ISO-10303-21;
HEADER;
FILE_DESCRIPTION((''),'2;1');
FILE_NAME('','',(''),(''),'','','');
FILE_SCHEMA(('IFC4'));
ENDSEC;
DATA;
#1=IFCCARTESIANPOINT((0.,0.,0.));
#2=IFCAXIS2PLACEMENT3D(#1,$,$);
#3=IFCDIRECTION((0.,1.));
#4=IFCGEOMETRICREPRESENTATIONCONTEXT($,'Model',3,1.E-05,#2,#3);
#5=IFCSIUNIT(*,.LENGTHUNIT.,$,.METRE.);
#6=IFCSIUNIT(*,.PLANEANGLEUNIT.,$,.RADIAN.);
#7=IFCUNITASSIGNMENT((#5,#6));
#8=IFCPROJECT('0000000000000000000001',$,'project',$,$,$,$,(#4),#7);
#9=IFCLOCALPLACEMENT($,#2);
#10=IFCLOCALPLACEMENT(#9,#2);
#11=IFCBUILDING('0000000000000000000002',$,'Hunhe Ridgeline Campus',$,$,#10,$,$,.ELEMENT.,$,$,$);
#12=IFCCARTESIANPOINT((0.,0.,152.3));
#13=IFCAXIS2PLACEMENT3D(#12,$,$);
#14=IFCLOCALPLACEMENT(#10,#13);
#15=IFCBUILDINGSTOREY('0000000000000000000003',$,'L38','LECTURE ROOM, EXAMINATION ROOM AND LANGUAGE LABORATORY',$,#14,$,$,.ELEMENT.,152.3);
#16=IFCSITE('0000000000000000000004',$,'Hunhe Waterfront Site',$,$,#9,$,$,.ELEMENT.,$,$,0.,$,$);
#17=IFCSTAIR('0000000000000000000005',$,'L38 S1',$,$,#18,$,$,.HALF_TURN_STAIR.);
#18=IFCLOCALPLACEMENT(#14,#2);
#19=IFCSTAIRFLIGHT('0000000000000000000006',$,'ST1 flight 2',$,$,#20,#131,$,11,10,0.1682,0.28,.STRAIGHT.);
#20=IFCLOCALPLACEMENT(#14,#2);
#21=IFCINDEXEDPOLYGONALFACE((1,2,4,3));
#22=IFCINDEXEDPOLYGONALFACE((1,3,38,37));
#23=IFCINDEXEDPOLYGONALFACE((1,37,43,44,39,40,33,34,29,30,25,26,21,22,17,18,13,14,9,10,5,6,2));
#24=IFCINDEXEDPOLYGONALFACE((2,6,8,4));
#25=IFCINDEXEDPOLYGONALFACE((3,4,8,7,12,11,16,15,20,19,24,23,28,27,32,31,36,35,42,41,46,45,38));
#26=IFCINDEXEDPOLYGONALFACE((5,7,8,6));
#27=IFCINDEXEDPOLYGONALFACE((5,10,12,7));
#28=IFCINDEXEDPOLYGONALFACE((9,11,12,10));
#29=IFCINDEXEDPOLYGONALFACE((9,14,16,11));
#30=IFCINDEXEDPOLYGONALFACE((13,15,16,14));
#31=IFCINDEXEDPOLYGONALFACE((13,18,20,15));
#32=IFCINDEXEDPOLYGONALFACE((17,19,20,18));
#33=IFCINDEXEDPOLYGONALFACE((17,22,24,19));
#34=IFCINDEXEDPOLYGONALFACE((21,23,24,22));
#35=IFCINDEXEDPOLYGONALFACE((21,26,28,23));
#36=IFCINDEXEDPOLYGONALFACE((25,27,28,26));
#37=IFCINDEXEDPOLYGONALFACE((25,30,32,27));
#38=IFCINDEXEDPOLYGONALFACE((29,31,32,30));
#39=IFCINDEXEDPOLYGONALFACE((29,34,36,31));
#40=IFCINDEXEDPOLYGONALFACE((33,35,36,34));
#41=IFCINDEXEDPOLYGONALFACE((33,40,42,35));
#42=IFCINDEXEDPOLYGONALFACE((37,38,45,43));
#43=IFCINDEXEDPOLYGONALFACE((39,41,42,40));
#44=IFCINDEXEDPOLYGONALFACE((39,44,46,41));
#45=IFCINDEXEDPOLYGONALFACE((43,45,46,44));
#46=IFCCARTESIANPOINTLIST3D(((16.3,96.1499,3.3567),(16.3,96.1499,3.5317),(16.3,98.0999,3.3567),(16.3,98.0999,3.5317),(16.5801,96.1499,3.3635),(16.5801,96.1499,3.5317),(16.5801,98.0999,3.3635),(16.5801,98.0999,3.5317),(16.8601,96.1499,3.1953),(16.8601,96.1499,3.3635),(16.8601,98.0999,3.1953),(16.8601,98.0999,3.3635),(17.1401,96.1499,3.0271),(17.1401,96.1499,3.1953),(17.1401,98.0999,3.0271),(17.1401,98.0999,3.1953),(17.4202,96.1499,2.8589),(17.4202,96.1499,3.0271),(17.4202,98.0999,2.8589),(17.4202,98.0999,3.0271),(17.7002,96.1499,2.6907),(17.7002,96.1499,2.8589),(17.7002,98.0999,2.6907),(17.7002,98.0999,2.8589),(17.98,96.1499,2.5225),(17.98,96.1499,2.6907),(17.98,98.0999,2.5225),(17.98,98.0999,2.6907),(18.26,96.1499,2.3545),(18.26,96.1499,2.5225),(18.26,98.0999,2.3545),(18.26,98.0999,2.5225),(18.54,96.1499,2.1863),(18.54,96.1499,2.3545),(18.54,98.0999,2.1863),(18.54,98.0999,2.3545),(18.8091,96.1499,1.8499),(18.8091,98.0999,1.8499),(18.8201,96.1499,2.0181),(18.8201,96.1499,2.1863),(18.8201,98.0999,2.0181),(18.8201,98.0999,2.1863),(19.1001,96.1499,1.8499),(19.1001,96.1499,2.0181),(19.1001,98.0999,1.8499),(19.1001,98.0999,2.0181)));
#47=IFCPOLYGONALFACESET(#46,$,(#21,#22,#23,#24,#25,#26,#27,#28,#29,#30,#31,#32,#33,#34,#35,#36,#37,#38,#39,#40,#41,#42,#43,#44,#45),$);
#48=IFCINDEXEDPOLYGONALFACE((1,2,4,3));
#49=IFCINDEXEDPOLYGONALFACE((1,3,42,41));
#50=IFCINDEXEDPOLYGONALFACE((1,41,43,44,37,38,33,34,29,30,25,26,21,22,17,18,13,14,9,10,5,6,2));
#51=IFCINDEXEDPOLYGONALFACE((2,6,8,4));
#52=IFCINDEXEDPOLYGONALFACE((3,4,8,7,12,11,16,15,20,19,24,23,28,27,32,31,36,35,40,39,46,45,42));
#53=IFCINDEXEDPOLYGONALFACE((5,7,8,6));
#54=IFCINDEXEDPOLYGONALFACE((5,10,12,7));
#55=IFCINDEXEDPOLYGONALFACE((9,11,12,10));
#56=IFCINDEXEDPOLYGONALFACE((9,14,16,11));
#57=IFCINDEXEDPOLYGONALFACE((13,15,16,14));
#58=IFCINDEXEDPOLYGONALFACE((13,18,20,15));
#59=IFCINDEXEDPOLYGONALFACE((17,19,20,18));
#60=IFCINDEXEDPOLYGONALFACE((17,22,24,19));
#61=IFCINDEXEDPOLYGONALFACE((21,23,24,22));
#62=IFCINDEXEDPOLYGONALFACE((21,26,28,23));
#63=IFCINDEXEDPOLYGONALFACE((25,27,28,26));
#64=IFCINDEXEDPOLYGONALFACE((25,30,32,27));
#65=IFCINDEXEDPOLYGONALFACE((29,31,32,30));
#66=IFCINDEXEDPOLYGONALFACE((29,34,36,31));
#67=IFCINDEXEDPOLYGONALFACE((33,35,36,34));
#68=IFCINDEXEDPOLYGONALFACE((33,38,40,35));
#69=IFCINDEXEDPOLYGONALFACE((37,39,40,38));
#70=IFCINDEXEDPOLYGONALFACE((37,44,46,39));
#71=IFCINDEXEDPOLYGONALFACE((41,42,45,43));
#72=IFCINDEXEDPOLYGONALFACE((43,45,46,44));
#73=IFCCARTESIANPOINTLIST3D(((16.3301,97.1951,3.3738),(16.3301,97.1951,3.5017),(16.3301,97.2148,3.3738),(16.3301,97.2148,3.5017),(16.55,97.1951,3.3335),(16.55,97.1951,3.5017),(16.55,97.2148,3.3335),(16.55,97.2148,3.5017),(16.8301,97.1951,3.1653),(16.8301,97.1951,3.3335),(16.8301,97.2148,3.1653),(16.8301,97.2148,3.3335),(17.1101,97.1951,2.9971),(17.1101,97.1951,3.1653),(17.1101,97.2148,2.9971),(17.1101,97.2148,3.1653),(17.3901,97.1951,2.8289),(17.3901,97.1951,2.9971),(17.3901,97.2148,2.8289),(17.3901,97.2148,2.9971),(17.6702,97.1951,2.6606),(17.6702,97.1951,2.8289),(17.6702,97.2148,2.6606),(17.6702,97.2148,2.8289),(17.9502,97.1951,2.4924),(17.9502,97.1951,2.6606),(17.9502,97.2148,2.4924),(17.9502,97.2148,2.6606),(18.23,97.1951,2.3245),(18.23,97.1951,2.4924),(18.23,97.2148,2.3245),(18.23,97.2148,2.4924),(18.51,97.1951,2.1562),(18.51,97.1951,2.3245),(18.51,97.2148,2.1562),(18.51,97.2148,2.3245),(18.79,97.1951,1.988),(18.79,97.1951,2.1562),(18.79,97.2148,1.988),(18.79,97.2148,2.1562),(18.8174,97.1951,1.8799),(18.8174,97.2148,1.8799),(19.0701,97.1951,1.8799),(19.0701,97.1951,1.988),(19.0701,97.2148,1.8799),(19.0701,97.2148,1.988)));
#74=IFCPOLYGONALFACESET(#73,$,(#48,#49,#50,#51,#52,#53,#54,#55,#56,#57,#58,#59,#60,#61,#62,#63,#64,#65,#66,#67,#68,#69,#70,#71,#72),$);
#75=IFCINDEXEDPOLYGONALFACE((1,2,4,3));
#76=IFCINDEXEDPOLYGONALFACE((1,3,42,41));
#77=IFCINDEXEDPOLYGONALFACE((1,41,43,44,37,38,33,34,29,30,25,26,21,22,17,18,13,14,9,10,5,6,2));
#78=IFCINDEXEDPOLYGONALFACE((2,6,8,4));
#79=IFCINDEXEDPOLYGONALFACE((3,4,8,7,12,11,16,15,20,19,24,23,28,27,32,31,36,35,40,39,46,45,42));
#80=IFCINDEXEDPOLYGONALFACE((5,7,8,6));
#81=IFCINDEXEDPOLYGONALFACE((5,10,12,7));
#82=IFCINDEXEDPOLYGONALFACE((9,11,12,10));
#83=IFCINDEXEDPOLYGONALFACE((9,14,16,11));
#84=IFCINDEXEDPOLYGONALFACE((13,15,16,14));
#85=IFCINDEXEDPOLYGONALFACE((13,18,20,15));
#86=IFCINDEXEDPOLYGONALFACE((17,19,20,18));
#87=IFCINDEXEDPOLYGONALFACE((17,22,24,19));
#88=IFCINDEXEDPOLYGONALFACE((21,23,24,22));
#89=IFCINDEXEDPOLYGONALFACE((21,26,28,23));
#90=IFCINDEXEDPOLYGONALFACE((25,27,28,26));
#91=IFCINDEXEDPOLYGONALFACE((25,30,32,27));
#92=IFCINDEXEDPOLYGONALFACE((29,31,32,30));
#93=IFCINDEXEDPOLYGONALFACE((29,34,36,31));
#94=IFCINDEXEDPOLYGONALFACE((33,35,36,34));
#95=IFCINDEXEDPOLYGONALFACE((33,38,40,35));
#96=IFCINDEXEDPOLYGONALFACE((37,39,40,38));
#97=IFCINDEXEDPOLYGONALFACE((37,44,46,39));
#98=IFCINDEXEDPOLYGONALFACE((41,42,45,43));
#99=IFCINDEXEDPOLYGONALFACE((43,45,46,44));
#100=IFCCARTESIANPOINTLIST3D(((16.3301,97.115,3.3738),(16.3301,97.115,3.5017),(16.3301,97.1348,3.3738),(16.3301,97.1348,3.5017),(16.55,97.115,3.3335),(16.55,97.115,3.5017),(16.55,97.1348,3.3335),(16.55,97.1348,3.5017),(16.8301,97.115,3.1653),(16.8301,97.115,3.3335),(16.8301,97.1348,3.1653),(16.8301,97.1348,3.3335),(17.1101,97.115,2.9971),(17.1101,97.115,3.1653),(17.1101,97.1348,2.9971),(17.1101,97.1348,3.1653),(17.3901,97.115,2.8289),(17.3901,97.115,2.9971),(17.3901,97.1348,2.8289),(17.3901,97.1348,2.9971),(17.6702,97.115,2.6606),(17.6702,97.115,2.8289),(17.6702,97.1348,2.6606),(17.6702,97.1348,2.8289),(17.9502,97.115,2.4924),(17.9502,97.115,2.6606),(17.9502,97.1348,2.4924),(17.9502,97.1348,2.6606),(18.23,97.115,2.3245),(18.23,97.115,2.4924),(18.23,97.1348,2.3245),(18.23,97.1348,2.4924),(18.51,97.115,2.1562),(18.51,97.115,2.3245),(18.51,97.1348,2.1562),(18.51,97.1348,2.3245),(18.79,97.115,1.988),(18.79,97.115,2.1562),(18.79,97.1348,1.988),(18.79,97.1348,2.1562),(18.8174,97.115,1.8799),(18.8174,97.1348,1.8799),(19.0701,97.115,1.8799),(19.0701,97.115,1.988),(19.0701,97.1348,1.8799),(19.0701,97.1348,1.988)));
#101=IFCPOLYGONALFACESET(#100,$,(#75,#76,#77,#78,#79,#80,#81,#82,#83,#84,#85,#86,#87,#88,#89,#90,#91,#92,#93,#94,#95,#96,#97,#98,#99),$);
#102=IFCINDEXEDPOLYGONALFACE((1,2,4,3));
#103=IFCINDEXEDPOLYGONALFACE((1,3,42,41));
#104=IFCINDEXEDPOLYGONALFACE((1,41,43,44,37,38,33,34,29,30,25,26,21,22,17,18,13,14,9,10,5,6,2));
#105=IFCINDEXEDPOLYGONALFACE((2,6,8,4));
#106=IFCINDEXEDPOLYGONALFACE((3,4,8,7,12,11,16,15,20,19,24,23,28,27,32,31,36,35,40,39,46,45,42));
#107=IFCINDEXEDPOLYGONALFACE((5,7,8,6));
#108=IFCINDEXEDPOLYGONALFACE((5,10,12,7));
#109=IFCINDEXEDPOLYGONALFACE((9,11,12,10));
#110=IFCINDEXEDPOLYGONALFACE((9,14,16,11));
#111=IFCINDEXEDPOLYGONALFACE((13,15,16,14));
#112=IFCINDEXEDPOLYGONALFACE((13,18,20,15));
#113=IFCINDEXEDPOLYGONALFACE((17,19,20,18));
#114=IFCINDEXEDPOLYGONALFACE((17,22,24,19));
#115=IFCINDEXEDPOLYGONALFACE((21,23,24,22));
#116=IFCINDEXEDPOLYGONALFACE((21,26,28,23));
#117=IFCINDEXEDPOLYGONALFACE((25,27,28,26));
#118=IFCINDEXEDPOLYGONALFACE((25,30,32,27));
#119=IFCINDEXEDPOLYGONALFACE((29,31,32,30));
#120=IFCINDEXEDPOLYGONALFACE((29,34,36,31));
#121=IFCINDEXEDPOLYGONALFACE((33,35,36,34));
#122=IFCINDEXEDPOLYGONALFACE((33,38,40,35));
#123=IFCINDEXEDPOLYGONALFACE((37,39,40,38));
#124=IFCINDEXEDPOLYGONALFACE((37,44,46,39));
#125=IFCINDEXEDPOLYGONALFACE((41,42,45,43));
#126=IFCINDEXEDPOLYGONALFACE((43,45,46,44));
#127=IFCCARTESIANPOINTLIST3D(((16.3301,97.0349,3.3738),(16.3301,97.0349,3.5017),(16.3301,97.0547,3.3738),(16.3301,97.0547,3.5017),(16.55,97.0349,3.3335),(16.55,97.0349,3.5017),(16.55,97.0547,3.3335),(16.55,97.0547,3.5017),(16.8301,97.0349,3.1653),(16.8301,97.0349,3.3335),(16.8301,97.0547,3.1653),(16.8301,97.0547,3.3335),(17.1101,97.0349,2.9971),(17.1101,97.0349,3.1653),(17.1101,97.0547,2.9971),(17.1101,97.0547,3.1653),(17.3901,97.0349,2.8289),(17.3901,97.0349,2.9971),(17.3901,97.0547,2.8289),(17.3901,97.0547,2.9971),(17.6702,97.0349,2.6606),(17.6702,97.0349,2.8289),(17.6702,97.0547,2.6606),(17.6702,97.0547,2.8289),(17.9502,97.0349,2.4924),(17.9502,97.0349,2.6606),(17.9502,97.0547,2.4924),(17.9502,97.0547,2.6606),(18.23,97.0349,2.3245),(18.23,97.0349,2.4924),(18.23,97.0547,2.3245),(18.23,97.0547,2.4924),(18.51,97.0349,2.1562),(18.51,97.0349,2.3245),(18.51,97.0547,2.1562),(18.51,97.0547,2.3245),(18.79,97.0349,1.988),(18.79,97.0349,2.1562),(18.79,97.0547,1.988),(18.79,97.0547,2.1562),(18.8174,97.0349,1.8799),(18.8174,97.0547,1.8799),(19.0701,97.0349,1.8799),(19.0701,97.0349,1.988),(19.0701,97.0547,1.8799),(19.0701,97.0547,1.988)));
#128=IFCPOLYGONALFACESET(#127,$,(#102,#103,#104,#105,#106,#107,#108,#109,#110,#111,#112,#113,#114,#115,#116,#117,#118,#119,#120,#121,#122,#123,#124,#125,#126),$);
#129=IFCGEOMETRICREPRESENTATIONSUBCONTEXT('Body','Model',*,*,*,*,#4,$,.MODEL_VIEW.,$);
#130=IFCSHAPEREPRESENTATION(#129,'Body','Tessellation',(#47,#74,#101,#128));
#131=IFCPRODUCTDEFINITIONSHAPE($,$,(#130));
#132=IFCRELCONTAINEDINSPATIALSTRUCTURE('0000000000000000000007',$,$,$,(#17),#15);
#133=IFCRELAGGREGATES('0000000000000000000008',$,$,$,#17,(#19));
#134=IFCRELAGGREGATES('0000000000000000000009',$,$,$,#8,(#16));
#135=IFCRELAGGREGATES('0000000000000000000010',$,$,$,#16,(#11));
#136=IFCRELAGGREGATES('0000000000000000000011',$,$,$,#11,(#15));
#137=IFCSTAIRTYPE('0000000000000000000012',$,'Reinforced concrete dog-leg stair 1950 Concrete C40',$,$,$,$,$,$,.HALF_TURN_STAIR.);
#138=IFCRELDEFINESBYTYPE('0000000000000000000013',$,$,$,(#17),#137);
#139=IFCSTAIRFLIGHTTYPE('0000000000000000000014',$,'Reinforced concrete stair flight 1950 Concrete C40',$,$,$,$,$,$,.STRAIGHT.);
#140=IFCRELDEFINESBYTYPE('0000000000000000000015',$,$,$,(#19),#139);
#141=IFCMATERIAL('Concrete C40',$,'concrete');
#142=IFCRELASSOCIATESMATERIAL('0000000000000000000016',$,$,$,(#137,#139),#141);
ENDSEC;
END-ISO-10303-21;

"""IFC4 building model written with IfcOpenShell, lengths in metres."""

from ifc_helpers import new_model, si_unit, direction, frame, origin, place, context, subcontext, project, spatial, polyline, outline, extrude, material, type_object, element, aggregate, save


model = new_model("IFC4")

# Units and contexts
model_context = context("Model", 3, precision=1e-05, world=origin(), true_north=direction((0.0, 1.0)))
body_context = subcontext(model_context, "Body", "Model", "MODEL_VIEW")
ifc_project = project(units=[si_unit("LENGTHUNIT", "METRE"), si_unit("PLANEANGLEUNIT", "RADIAN")], contexts=[model_context])

# Site, building, storey
site_placement = place(None, origin())
site = spatial("IfcSite", under=ifc_project, at=site_placement, Name="Hunhe Waterfront Site", CompositionType="ELEMENT", RefElevation=0.0)
building_placement = place(site_placement, origin())
building = spatial("IfcBuilding", under=site, at=building_placement, Name="Hunhe Ridgeline Campus", CompositionType="ELEMENT")
storey_placement = place(building_placement, frame((0.0, 0.0, 152.3)))
storey = spatial("IfcBuildingStorey", under=building, at=storey_placement, Name="L38", Description="LECTURE ROOM, EXAMINATION ROOM AND LANGUAGE LABORATORY", CompositionType="ELEMENT", Elevation=152.3)

# Stair, stair flight
ifc_material_1 = material(Name="Concrete C40", Category="concrete")
stair_type = type_object("IfcStairType", Name="Reinforced concrete dog-leg stair 1950 Concrete C40", PredefinedType="HALF_TURN_STAIR", material=ifc_material_1)
stair_1_placement = place(storey_placement, origin())
stair_1 = element("IfcStair", 1, at=stair_1_placement, inside=storey, type_object=stair_type, Name="L38 S1", PredefinedType="HALF_TURN_STAIR")
stair_flight_type = type_object("IfcStairFlightType", Name="Reinforced concrete stair flight 1950 Concrete C40", PredefinedType="STRAIGHT", material=ifc_material_1)
stair_flight_1_placement = place(storey_placement, frame((19.1001, 97.125, 1.8499), z_axis=(0.0, 0.0, 1.0), x_axis=(-1.0, 0.0, 0.0)))
stair_flight_1 = element("IfcStairFlight", 2, at=stair_flight_1_placement, type_object=stair_flight_type, Name="ST1 flight 2", NumberOfRisers=11, NumberOfTreads=10, PredefinedType="STRAIGHT", RiserHeight=0.1682, TreadLength=0.28, context=body_context, shape_type="SweptSolid", body=[
    extrude(outline(polyline([(0.0, 0.0), (0.0, 0.1682), (0.28, 0.1682), (0.28, 0.3364), (0.5601, 0.3364), (0.5601, 0.5046), (0.8401, 0.5046), (0.8401, 0.6726), (1.1201, 0.6726), (1.1201, 0.8408), (1.3999, 0.8408), (1.3999, 1.009), (1.6799, 1.009), (1.6799, 1.1772), (1.96, 1.1772), (1.96, 1.3455), (2.24, 1.3455), (2.24, 1.5137), (2.52, 1.5137), (2.52, 1.6819), (2.8, 1.6819), (2.8, 1.8501), (2.8, 1.5068), (0.291, 0.0), (0.0, 0.0)])), frame((0.0, 0.9751, 0.0), z_axis=(0.0, -1.0, 0.0), x_axis=(1.0, 0.0, 0.0)), (0.0, 0.0, 1.0), 1.95),
    extrude(outline(polyline([(0.03, 0.03), (0.03, 0.1382), (0.3101, 0.1382), (0.3101, 0.3064), (0.5901, 0.3064), (0.5901, 0.4746), (0.8701, 0.4746), (0.8701, 0.6426), (1.1499, 0.6426), (1.1499, 0.8108), (1.4299, 0.8108), (1.4299, 0.979), (1.71, 0.979), (1.71, 1.1472), (1.99, 1.1472), (1.99, 1.3154), (2.27, 1.3154), (2.27, 1.4836), (2.55, 1.4836), (2.55, 1.6519), (2.77, 1.6519), (2.77, 1.5239), (0.2827, 0.03), (0.03, 0.03)])), frame((0.0, -0.0701, 0.0), z_axis=(0.0, -1.0, 0.0), x_axis=(1.0, 0.0, 0.0)), (0.0, 0.0, 1.0), 0.0198),
    extrude(outline(polyline([(0.03, 0.03), (0.03, 0.1382), (0.3101, 0.1382), (0.3101, 0.3064), (0.5901, 0.3064), (0.5901, 0.4746), (0.8701, 0.4746), (0.8701, 0.6426), (1.1499, 0.6426), (1.1499, 0.8108), (1.4299, 0.8108), (1.4299, 0.979), (1.71, 0.979), (1.71, 1.1472), (1.99, 1.1472), (1.99, 1.3154), (2.27, 1.3154), (2.27, 1.4836), (2.55, 1.4836), (2.55, 1.6519), (2.77, 1.6519), (2.77, 1.5239), (0.2827, 0.03), (0.03, 0.03)])), frame((0.0, 0.01, 0.0), z_axis=(0.0, -1.0, 0.0), x_axis=(1.0, 0.0, 0.0)), (0.0, 0.0, 1.0), 0.0198),
    extrude(outline(polyline([(0.03, 0.03), (0.03, 0.1382), (0.3101, 0.1382), (0.3101, 0.3064), (0.5901, 0.3064), (0.5901, 0.4746), (0.8701, 0.4746), (0.8701, 0.6426), (1.1499, 0.6426), (1.1499, 0.8108), (1.4299, 0.8108), (1.4299, 0.979), (1.71, 0.979), (1.71, 1.1472), (1.99, 1.1472), (1.99, 1.3154), (2.27, 1.3154), (2.27, 1.4836), (2.55, 1.4836), (2.55, 1.6519), (2.77, 1.6519), (2.77, 1.5239), (0.2827, 0.03), (0.03, 0.03)])), frame((0.0, 0.0901, 0.0), z_axis=(0.0, -1.0, 0.0), x_axis=(1.0, 0.0, 0.0)), (0.0, 0.0, 1.0), 0.0198),
])
aggregate(stair_1, [stair_flight_1])

save(model, "model.ifc")
